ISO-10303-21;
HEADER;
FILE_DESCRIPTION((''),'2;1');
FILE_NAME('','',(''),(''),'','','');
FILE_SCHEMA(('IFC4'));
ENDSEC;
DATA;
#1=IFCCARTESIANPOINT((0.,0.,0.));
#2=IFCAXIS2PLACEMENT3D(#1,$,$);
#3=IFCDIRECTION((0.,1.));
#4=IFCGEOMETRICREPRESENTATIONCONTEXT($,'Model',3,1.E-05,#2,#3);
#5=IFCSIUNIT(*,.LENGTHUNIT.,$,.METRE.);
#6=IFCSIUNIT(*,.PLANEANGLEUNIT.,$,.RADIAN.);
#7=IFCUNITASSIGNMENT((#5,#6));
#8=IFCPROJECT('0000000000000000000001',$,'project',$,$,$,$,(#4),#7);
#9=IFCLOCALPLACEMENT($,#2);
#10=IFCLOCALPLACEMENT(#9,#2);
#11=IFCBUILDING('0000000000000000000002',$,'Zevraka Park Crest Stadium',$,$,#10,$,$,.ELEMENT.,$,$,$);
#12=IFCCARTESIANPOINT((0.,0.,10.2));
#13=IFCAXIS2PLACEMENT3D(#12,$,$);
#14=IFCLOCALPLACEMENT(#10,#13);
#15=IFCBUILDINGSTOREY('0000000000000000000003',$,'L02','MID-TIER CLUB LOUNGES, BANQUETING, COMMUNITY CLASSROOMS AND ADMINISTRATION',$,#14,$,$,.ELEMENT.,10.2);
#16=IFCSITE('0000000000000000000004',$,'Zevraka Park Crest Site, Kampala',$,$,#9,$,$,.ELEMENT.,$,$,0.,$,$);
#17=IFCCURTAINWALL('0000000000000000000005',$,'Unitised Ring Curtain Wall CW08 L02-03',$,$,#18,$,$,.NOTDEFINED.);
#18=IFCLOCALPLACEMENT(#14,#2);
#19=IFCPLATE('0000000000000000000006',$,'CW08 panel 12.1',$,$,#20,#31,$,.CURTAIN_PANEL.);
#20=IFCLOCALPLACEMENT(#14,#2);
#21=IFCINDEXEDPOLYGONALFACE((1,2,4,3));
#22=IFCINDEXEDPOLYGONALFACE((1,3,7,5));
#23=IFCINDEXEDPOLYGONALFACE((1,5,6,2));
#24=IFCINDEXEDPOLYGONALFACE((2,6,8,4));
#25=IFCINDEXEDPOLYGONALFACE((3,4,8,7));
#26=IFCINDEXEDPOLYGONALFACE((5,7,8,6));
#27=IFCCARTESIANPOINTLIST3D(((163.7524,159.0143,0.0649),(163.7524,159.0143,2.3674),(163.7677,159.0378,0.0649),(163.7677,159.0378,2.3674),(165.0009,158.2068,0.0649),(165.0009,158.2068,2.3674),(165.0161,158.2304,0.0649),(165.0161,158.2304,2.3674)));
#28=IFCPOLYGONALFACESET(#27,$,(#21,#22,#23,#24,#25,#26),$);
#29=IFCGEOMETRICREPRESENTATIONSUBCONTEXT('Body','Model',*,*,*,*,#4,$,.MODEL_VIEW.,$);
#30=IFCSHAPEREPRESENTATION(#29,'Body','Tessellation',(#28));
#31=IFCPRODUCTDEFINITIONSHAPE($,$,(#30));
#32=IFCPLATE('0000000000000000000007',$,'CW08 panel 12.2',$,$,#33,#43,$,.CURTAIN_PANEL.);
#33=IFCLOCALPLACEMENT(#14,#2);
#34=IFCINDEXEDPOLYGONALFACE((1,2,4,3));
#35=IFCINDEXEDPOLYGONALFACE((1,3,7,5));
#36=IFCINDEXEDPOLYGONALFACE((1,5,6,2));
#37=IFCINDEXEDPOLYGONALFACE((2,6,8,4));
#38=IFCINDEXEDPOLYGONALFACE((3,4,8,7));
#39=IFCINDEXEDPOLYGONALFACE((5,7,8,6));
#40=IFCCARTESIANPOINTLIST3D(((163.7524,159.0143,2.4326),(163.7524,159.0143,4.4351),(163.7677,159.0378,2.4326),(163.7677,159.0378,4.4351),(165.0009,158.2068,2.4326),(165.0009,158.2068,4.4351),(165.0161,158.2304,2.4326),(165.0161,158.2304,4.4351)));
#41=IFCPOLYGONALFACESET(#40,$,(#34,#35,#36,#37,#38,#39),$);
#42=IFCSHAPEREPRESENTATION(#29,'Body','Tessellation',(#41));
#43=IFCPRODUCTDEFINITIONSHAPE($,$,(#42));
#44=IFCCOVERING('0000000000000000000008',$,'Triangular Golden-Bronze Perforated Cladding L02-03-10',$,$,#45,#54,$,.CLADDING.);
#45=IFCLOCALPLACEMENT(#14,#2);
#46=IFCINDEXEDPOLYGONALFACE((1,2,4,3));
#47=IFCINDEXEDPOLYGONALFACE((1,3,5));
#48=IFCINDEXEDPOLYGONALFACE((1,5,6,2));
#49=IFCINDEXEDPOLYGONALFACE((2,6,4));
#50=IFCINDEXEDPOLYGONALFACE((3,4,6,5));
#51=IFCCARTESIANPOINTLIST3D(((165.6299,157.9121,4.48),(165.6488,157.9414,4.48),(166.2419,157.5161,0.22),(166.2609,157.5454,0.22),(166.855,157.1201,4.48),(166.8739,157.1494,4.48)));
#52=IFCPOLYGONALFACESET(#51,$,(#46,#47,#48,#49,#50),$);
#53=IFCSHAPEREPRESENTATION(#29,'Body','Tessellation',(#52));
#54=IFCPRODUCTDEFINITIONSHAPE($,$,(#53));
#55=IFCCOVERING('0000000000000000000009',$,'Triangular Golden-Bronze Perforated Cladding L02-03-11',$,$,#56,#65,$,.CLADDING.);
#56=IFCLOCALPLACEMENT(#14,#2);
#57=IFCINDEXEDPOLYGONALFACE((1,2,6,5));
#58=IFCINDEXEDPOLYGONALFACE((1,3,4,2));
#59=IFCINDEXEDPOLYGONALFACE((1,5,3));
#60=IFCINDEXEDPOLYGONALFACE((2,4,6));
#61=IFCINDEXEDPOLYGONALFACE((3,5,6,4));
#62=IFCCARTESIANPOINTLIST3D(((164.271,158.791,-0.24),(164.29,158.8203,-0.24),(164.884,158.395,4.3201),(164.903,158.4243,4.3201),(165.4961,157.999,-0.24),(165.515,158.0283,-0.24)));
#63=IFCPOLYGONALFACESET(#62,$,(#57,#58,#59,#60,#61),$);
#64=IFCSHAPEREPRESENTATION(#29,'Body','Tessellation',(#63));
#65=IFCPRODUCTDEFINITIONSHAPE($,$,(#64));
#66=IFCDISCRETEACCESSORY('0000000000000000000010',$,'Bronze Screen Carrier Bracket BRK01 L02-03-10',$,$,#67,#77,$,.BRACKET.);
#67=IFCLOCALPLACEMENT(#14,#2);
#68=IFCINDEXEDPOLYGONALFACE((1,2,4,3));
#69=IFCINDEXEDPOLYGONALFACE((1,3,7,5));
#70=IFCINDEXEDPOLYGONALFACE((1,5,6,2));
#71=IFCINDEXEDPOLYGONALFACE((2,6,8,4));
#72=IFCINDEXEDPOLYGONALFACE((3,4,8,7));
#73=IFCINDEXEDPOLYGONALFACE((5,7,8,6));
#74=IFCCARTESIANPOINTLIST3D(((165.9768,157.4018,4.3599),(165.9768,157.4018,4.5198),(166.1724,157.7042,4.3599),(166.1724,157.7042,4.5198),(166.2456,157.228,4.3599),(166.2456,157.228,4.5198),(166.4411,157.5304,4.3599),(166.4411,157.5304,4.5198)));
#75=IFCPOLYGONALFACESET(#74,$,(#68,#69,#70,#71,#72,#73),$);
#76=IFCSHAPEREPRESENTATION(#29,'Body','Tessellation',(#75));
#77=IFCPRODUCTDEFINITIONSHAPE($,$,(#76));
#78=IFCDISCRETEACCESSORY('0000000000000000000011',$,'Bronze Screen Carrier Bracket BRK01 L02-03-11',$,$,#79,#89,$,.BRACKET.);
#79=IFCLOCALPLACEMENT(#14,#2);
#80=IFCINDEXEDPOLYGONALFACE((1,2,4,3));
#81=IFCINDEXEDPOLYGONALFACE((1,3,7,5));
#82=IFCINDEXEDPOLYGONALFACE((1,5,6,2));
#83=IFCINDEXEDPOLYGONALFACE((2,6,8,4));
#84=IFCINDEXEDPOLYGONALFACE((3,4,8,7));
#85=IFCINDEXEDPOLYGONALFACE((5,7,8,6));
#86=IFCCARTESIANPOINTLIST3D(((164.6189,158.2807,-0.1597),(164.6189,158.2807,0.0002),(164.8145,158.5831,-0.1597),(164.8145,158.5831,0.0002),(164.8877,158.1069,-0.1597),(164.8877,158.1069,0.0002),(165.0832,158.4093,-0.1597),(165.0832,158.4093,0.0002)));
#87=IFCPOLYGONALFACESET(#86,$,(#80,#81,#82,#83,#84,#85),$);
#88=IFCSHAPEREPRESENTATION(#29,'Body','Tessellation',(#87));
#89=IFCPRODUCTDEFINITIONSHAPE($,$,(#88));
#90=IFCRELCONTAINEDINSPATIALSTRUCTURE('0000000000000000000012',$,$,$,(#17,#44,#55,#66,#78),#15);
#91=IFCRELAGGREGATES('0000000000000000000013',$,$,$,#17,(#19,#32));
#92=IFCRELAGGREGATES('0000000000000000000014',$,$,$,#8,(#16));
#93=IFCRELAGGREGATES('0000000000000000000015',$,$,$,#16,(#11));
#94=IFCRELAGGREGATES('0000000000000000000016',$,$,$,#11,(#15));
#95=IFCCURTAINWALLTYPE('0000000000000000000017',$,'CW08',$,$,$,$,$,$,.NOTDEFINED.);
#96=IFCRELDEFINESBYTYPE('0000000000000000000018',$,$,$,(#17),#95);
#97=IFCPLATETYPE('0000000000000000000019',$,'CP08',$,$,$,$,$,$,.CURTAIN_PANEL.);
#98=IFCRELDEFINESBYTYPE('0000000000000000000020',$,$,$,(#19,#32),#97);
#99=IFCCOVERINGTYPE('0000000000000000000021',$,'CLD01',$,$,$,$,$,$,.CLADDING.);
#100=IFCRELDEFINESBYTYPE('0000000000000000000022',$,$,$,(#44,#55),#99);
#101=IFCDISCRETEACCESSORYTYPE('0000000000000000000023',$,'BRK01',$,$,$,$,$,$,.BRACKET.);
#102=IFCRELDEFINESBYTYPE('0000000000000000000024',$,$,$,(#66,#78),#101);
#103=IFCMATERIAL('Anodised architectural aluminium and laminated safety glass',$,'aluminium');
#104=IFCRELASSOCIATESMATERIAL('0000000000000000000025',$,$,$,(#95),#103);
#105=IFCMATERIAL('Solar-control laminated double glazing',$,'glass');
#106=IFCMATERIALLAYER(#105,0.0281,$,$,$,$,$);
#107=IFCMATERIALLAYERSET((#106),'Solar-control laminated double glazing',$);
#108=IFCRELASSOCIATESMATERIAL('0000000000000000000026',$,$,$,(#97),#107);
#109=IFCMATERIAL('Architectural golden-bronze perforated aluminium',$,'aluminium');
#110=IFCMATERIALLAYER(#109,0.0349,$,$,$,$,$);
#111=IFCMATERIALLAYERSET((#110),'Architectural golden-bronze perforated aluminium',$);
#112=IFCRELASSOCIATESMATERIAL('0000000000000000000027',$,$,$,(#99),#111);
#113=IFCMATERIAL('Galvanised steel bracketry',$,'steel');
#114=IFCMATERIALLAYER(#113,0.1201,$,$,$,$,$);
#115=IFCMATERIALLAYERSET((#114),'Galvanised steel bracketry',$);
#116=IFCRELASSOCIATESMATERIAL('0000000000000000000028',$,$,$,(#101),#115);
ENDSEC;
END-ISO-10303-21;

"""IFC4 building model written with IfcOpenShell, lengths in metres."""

from ifc_helpers import new_model, si_unit, direction, frame, origin, origin_2d, place, context, subcontext, project, spatial, polyline, rectangle, outline, extrude, material, layer, layer_set, type_object, element, aggregate, save


model = new_model("IFC4")

# Units and contexts
model_context = context("Model", 3, precision=1e-05, world=origin(), true_north=direction((0.0, 1.0)))
body_context = subcontext(model_context, "Body", "Model", "MODEL_VIEW")
ifc_project = project(units=[si_unit("LENGTHUNIT", "METRE"), si_unit("PLANEANGLEUNIT", "RADIAN")], contexts=[model_context])

# Site, building, storey
site_placement = place(None, origin())
site = spatial("IfcSite", under=ifc_project, at=site_placement, Name="Zevraka Park Crest Site, Kampala", CompositionType="ELEMENT", RefElevation=0.0)
building_placement = place(site_placement, origin())
building = spatial("IfcBuilding", under=site, at=building_placement, Name="Zevraka Park Crest Stadium", CompositionType="ELEMENT")
storey_placement = place(building_placement, frame((0.0, 0.0, 10.2)))
storey = spatial("IfcBuildingStorey", under=building, at=storey_placement, Name="L02", Description="MID-TIER CLUB LOUNGES, BANQUETING, COMMUNITY CLASSROOMS AND ADMINISTRATION", CompositionType="ELEMENT", Elevation=10.2)

# Curtain wall, plates
ifc_material_1 = material(Name="Anodised architectural aluminium and laminated safety glass", Category="aluminium")
curtain_wall_type = type_object("IfcCurtainWallType", Name="CW08", PredefinedType="NOTDEFINED", material=ifc_material_1)
curtain_wall_placement = place(storey_placement, origin())
curtain_wall = element("IfcCurtainWall", 1, at=curtain_wall_placement, inside=storey, type_object=curtain_wall_type, Name="Unitised Ring Curtain Wall CW08 L02-03", PredefinedType="NOTDEFINED")
ifc_material_2 = material(Name="Solar-control laminated double glazing", Category="glass")
ifc_layer_1 = layer(ifc_material_2, 0.0281)
ifc_layer_set_1 = layer_set([ifc_layer_1], Name="Solar-control laminated double glazing")
plate_type = type_object("IfcPlateType", Name="CP08", PredefinedType="CURTAIN_PANEL", material=ifc_layer_set_1)
plate_1_placement = place(storey_placement, frame((164.3843, 158.6223, 0.0649), z_axis=(0.0, 0.0, 1.0), x_axis=(-0.83967, 0.543096, 0.0)))
plate_1 = element("IfcPlate", 2, at=plate_1_placement, type_object=plate_type, Name="CW08 panel 12.1", PredefinedType="CURTAIN_PANEL", context=body_context, shape_type="SweptSolid", body=[
    extrude(rectangle(XDim=1.4868, YDim=0.0281, at=origin_2d()), origin(), (0.0, 0.0, 1.0), 2.3025),
])
plate_2_placement = place(storey_placement, frame((164.3843, 158.6223, 2.4326), z_axis=(0.0, 0.0, 1.0), x_axis=(-0.83967, 0.543096, 0.0)))
plate_2 = element("IfcPlate", 3, at=plate_2_placement, type_object=plate_type, Name="CW08 panel 12.2", PredefinedType="CURTAIN_PANEL", context=body_context, shape_type="SweptSolid", body=[
    extrude(rectangle(XDim=1.4868, YDim=0.0281, at=origin_2d()), origin(), (0.0, 0.0, 1.0), 2.0024),
])
aggregate(curtain_wall, [plate_1, plate_2])

# Coverings
ifc_material_3 = material(Name="Architectural golden-bronze perforated aluminium", Category="aluminium")
ifc_layer_2 = layer(ifc_material_3, 0.0349)
ifc_layer_set_2 = layer_set([ifc_layer_2], Name="Architectural golden-bronze perforated aluminium")
covering_type = type_object("IfcCoveringType", Name="CLD01", PredefinedType="CLADDING", material=ifc_layer_set_2)
covering_1_placement = place(storey_placement, frame((165.6299, 157.9121, 4.48), z_axis=(-0.542904, -0.839795, 0.000062), x_axis=(0.839795, -0.542904, 0.0)))
element("IfcCovering", 4, at=covering_1_placement, inside=storey, type_object=covering_type, Name="Triangular Golden-Bronze Perforated Cladding L02-03-10", PredefinedType="CLADDING", context=body_context, shape_type="SweptSolid", body=[
    extrude(outline(polyline([(0.0, 0.0), (1.4588, 0.0), (0.729, -4.26), (0.0, 0.0)])), origin(), (0.0, 0.0, -1.0), 0.0349),
])
covering_2_placement = place(storey_placement, frame((165.4961, 157.999, -0.24), z_axis=(-0.542904, -0.839795, 0.000058), x_axis=(-0.839795, 0.542904, 0.0)))
element("IfcCovering", 5, at=covering_2_placement, inside=storey, type_object=covering_type, Name="Triangular Golden-Bronze Perforated Cladding L02-03-11", PredefinedType="CLADDING", context=body_context, shape_type="SweptSolid", body=[
    extrude(outline(polyline([(0.0, 0.0), (1.4588, 0.0), (0.729, -4.5601), (0.0, 0.0)])), origin(), (0.0, 0.0, -1.0), 0.0349),
])

# Discrete accessories
ifc_material_4 = material(Name="Galvanised steel bracketry", Category="steel")
ifc_layer_3 = layer(ifc_material_4, 0.1201)
ifc_layer_set_3 = layer_set([ifc_layer_3], Name="Galvanised steel bracketry")
discrete_accessory_type = type_object("IfcDiscreteAccessoryType", Name="BRK01", PredefinedType="BRACKET", material=ifc_layer_set_3)
for number, where, z_axis, x_axis, name in (
    (6, (166.209, 157.4661, 4.3599), (0.0, 0.0, 1.0), (-0.839715, 0.543028, 0.0), "Bronze Screen Carrier Bracket BRK01 L02-03-10"),
    (7, (164.8511, 158.345, -0.1597), (0.0, 0.0, 1.0), (-0.839715, 0.543028, 0.0), "Bronze Screen Carrier Bracket BRK01 L02-03-11"),
):
    element("IfcDiscreteAccessory", number, at=place(storey_placement, frame(where, z_axis=z_axis, x_axis=x_axis)), inside=storey, type_object=discrete_accessory_type, Name=name, PredefinedType="BRACKET", context=body_context, shape_type="SweptSolid", body=[
        extrude(rectangle(XDim=0.3201, YDim=0.3601, at=origin_2d()), origin(), (0.0, 0.0, 1.0), 0.1599),
    ])

save(model, "model.ifc")
